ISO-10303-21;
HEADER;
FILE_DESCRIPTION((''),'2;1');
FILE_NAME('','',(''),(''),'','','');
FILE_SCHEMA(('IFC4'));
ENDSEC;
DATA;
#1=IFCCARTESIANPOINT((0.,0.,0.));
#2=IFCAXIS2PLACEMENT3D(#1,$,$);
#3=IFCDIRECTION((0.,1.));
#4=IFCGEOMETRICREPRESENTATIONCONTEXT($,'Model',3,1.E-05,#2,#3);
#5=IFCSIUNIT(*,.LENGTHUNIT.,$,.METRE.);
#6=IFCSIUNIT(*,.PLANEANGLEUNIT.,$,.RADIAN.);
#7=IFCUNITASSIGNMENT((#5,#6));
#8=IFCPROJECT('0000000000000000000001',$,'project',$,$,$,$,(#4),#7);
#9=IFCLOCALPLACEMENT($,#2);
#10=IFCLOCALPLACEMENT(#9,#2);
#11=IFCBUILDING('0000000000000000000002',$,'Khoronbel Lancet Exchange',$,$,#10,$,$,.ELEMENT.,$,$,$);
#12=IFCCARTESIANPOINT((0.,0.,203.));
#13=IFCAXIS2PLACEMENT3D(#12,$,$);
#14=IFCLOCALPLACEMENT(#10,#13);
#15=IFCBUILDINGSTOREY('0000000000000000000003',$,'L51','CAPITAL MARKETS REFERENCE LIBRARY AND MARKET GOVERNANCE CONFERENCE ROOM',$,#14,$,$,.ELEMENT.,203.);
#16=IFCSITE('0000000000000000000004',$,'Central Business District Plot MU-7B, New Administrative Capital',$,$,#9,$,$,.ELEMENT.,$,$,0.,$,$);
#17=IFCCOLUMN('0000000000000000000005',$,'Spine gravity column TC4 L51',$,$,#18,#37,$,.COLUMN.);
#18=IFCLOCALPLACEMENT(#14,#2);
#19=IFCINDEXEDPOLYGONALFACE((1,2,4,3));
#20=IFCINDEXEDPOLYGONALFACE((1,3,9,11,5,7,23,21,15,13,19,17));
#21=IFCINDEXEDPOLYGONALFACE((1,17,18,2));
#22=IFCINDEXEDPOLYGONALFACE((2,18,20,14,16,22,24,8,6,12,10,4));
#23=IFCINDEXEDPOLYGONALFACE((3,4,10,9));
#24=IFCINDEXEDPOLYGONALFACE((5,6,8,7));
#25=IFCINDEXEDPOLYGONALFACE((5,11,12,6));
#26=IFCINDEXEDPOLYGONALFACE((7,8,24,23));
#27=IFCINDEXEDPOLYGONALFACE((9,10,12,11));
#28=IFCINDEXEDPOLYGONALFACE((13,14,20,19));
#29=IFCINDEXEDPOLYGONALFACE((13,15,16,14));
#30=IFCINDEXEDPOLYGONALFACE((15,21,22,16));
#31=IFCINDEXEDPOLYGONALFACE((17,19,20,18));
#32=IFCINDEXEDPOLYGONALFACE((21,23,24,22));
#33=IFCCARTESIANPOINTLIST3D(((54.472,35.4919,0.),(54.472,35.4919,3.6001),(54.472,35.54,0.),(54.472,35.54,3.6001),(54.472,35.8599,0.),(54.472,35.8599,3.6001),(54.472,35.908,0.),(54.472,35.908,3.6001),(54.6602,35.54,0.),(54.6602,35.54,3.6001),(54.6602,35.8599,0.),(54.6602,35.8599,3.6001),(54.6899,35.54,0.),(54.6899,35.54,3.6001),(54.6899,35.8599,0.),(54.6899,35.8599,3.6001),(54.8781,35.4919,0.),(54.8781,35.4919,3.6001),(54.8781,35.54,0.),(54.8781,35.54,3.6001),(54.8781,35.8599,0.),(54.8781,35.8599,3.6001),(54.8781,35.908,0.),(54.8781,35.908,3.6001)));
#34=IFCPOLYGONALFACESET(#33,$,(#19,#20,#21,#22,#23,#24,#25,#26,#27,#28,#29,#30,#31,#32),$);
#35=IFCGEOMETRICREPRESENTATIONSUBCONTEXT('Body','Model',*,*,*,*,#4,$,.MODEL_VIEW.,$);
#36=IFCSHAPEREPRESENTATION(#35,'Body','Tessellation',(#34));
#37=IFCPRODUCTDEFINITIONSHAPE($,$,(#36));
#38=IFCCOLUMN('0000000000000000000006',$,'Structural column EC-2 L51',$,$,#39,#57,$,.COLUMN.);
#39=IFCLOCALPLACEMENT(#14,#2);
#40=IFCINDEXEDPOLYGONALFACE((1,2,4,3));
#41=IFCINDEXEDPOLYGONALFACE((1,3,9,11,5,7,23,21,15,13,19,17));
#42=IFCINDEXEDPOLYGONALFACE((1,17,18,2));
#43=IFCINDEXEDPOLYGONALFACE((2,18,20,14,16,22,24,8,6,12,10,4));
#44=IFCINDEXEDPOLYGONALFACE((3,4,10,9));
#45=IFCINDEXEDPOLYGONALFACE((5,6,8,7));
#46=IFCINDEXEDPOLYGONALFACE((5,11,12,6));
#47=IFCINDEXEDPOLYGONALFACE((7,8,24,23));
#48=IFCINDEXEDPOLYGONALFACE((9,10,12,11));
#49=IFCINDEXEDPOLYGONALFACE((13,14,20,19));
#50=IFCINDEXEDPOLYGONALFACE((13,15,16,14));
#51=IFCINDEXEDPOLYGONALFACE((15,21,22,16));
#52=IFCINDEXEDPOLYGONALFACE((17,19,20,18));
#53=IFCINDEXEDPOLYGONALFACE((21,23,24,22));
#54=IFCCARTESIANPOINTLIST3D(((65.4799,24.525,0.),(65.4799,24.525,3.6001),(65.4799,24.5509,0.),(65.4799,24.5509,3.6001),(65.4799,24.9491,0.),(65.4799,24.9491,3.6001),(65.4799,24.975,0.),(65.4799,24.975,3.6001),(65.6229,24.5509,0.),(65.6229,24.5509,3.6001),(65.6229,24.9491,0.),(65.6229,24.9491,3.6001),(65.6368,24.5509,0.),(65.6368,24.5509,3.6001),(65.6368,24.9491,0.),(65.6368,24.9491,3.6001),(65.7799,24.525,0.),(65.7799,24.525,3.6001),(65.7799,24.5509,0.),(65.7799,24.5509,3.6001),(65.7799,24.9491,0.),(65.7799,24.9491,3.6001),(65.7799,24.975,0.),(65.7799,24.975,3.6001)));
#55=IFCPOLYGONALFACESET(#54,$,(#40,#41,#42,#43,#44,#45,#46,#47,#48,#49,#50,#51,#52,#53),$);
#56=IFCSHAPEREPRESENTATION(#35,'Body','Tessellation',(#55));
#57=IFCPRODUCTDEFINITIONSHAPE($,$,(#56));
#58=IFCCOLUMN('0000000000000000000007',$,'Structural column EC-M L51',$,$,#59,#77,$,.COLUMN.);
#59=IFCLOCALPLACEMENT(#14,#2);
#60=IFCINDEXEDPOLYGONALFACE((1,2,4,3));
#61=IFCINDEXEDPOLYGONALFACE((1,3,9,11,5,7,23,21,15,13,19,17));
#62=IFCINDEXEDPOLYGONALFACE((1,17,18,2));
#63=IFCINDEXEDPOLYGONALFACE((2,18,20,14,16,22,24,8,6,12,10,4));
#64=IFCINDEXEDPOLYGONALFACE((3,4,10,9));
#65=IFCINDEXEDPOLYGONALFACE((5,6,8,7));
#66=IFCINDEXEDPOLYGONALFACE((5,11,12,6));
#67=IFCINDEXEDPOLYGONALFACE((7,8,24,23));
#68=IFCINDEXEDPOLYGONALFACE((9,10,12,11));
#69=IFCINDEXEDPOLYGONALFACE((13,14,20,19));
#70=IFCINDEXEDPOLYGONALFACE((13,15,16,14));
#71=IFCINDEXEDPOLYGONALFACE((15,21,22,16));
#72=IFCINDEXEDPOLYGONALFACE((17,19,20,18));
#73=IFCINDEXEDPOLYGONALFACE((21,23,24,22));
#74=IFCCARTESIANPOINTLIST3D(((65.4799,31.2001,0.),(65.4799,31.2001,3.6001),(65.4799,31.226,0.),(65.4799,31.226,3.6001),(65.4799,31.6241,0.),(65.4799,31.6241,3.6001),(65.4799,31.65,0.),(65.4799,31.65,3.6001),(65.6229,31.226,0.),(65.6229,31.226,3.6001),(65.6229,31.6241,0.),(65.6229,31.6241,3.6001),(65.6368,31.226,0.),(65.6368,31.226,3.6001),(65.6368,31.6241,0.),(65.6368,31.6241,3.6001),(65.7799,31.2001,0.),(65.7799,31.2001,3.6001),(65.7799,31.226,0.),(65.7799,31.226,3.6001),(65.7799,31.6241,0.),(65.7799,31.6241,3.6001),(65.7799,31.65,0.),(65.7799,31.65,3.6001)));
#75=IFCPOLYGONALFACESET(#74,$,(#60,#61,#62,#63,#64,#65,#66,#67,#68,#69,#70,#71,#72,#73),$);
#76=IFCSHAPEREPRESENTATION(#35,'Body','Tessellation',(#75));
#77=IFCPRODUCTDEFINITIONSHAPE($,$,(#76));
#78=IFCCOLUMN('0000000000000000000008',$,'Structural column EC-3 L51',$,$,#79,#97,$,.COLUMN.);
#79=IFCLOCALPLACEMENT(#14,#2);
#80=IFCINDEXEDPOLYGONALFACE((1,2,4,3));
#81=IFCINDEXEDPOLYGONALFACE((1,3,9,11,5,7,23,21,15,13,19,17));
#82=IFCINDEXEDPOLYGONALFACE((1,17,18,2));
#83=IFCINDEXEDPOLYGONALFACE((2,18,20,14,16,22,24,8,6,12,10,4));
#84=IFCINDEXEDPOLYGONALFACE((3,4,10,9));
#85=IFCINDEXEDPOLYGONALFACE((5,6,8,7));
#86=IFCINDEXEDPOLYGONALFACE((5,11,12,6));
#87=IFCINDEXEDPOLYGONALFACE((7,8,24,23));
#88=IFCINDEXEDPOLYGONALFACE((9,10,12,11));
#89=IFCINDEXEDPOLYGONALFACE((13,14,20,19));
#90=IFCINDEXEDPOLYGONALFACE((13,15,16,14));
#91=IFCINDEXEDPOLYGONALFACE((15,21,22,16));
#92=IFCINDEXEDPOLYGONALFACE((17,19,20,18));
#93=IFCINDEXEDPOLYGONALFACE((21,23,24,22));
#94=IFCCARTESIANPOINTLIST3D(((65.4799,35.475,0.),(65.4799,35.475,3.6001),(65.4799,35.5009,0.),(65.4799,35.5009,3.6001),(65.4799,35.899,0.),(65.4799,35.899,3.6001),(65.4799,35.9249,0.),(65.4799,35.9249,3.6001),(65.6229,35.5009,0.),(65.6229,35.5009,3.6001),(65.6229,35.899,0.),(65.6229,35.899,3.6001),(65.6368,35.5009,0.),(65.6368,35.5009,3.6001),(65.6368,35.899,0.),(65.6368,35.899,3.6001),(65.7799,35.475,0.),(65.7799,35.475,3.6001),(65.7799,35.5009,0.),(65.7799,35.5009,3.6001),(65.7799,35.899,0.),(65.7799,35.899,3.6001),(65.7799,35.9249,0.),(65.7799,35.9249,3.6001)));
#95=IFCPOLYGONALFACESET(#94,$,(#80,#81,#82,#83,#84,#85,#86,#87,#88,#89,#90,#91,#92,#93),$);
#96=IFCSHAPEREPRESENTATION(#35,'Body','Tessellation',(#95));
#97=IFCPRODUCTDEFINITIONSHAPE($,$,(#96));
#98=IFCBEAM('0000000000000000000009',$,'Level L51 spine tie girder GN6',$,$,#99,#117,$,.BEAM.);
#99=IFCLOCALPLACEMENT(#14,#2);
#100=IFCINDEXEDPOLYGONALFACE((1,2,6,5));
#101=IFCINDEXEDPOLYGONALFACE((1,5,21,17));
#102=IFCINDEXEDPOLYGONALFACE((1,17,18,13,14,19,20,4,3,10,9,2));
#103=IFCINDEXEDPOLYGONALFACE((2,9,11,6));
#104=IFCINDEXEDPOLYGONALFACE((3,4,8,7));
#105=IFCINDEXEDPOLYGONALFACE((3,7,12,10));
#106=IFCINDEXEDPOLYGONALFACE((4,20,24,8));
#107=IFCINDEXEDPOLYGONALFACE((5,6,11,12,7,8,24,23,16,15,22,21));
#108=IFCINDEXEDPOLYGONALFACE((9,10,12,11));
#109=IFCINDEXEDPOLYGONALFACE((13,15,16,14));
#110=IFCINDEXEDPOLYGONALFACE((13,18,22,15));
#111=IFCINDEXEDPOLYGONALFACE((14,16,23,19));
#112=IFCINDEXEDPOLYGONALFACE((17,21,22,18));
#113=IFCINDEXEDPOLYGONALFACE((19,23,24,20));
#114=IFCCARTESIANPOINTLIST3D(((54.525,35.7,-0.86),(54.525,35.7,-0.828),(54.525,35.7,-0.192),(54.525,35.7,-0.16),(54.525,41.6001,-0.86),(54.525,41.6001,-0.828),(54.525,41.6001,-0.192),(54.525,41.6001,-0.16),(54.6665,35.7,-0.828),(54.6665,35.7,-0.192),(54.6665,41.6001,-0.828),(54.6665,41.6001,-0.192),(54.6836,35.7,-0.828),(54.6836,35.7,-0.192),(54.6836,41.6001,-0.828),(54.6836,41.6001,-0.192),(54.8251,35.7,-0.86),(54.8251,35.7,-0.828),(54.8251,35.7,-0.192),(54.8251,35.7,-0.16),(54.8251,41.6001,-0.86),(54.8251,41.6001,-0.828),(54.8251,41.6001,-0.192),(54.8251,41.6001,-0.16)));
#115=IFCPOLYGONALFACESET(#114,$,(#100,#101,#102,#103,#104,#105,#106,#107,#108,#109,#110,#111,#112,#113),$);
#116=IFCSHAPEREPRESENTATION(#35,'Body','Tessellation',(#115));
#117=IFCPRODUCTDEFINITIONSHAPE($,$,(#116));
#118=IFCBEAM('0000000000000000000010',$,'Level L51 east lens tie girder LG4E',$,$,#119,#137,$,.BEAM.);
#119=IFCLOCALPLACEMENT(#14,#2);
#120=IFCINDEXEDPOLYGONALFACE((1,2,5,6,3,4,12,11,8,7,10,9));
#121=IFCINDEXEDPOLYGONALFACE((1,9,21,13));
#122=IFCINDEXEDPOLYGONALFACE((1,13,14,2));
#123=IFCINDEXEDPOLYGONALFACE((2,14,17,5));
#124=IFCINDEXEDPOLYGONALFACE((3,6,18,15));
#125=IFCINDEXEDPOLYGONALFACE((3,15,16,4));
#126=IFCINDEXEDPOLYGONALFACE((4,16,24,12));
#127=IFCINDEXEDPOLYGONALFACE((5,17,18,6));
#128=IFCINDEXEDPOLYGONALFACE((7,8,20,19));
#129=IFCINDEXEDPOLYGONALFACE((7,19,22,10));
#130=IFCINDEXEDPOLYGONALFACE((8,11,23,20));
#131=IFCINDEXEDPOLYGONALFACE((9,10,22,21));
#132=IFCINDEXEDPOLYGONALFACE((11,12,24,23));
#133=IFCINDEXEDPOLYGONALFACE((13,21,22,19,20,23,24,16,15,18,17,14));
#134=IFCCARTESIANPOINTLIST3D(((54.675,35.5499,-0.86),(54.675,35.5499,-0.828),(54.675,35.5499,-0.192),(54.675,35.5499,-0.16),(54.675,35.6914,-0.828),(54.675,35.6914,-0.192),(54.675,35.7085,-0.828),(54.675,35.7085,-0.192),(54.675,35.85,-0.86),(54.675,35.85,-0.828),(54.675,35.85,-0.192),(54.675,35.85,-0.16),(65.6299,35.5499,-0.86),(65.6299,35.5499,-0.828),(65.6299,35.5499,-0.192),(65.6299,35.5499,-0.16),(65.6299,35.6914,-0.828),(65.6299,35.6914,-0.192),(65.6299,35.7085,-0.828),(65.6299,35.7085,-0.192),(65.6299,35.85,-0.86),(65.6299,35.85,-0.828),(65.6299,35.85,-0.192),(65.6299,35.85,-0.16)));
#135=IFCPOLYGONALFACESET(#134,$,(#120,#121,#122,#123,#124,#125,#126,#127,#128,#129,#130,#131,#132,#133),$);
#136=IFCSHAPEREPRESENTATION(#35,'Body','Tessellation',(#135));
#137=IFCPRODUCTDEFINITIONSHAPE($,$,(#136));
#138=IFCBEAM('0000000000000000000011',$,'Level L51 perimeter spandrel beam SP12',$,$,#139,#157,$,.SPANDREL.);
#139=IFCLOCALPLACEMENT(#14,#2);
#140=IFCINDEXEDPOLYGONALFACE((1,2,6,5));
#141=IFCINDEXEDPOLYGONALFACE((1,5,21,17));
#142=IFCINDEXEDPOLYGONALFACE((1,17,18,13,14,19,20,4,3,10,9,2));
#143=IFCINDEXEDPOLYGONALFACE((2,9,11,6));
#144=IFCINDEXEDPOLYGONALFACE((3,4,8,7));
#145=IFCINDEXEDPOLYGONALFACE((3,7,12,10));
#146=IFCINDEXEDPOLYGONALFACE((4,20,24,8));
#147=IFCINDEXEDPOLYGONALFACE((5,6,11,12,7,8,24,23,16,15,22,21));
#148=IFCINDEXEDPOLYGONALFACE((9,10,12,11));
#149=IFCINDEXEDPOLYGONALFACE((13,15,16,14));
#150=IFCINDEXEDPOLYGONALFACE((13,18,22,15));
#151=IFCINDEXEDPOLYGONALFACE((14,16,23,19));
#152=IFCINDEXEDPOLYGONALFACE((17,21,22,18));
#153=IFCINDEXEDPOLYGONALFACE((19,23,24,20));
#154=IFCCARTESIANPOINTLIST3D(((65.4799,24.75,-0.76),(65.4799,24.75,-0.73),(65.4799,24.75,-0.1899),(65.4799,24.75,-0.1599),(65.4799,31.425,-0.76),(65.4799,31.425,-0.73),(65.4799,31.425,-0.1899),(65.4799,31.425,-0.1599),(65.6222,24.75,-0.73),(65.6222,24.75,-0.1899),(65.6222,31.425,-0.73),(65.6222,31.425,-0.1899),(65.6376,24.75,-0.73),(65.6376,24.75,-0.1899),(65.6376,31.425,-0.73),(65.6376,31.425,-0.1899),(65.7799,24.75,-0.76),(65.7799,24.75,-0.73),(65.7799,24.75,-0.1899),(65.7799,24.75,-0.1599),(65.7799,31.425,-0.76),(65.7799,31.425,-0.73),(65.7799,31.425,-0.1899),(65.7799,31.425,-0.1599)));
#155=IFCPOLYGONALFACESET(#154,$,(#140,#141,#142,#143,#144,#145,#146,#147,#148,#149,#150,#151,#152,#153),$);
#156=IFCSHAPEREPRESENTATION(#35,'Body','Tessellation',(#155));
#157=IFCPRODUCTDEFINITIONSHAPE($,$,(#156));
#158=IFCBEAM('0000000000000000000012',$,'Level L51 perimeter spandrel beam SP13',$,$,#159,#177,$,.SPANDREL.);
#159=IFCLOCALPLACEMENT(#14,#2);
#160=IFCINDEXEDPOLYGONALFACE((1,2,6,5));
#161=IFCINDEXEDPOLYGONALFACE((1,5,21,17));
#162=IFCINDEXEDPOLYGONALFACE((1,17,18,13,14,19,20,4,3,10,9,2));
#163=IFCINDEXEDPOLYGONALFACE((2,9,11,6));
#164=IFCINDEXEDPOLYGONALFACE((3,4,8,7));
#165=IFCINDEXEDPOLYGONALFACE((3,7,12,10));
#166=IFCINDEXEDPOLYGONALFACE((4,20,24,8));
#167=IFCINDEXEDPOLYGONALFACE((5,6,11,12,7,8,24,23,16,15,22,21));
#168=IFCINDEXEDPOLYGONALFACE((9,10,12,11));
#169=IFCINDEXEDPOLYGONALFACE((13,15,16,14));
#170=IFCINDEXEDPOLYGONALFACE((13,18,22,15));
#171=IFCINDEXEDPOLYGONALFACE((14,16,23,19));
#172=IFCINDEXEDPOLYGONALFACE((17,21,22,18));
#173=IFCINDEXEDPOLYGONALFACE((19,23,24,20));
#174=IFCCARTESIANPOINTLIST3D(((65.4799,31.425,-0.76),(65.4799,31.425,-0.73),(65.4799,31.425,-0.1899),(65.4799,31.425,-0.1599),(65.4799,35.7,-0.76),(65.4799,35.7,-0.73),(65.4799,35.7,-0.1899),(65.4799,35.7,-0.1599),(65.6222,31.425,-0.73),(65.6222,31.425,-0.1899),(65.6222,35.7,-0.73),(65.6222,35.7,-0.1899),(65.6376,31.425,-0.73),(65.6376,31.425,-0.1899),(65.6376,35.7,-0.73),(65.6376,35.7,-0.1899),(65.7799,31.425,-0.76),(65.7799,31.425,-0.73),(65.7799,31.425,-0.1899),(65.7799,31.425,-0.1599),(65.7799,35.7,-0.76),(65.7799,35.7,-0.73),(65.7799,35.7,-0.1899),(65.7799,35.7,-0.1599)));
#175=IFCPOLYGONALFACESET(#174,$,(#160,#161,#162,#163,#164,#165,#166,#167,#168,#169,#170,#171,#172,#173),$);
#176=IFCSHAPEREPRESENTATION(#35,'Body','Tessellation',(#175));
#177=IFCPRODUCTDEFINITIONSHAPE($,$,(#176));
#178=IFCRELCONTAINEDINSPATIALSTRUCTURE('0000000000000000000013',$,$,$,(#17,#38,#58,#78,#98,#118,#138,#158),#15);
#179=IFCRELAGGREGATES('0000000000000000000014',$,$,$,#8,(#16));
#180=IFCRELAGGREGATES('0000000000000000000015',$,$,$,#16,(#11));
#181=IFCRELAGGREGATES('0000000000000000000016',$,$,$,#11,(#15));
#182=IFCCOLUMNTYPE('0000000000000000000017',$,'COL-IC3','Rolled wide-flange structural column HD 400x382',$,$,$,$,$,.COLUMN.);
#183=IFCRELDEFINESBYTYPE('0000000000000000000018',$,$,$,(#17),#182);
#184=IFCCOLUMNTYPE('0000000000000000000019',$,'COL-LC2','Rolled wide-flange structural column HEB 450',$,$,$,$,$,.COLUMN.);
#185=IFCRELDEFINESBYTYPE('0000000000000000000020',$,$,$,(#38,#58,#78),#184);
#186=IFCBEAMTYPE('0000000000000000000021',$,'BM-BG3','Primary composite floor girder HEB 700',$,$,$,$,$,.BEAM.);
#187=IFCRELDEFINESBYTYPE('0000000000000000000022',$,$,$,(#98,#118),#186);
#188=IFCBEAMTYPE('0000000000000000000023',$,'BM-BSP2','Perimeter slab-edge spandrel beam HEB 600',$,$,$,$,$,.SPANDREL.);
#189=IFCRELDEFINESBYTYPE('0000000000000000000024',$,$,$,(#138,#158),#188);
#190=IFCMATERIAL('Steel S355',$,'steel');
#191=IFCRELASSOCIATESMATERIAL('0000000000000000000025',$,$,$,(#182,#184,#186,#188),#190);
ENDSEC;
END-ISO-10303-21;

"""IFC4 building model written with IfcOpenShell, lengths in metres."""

from ifc_helpers import new_model, si_unit, direction, frame, origin, origin_2d, place, context, subcontext, project, spatial, i_section, extrude, material, material_profile, profile_set, type_object, element, save


model = new_model("IFC4")

# Units and contexts
model_context = context("Model", 3, precision=1e-05, world=origin(), true_north=direction((0.0, 1.0)))
body_context = subcontext(model_context, "Body", "Model", "MODEL_VIEW")
ifc_project = project(units=[si_unit("LENGTHUNIT", "METRE"), si_unit("PLANEANGLEUNIT", "RADIAN")], contexts=[model_context])

# Site, building, storey
site_placement = place(None, origin())
site = spatial("IfcSite", under=ifc_project, at=site_placement, Name="Central Business District Plot MU-7B, New Administrative Capital", CompositionType="ELEMENT", RefElevation=0.0)
building_placement = place(site_placement, origin())
building = spatial("IfcBuilding", under=site, at=building_placement, Name="Khoronbel Lancet Exchange", CompositionType="ELEMENT")
storey_placement = place(building_placement, frame((0.0, 0.0, 203.0)))
storey = spatial("IfcBuildingStorey", under=building, at=storey_placement, Name="L51", Description="CAPITAL MARKETS REFERENCE LIBRARY AND MARKET GOVERNANCE CONFERENCE ROOM", CompositionType="ELEMENT", Elevation=203.0)

# Columns
ifc_material_1 = material(Name="Steel S355", Category="steel")
ifc_material_profile_1 = material_profile(ifc_material_1, i_section(OverallWidth=0.406, OverallDepth=0.416, WebThickness=0.0298, FlangeThickness=0.0481, at=origin_2d()), Name="HD 400x382")
ifc_profile_set_1 = profile_set([ifc_material_profile_1], Name="Steel S355")
column_type_1 = type_object("IfcColumnType", Name="COL-IC3", Description="Rolled wide-flange structural column HD 400x382", PredefinedType="COLUMN", material=ifc_profile_set_1)
column_placement = place(storey_placement, frame((54.675, 35.7, 0.0), z_axis=(0.0, 0.0, 1.0), x_axis=(1.0, 0.0, 0.0)))
element("IfcColumn", 1, at=column_placement, inside=storey, type_object=column_type_1, Name="Spine gravity column TC4 L51", PredefinedType="COLUMN", context=body_context, shape_type="SweptSolid", body=[
    extrude(i_section(OverallWidth=0.406, OverallDepth=0.416, WebThickness=0.0298, FlangeThickness=0.0481, at=origin_2d()), origin(), (0.0, 0.0, 1.0), 3.6001),
])
ifc_material_profile_2 = material_profile(ifc_material_1, i_section(OverallWidth=0.3, OverallDepth=0.45, WebThickness=0.0139, FlangeThickness=0.0259, at=origin_2d()), Name="HEB 450")
ifc_profile_set_2 = profile_set([ifc_material_profile_2], Name="Steel S355")
column_type_2 = type_object("IfcColumnType", Name="COL-LC2", Description="Rolled wide-flange structural column HEB 450", PredefinedType="COLUMN", material=ifc_profile_set_2)
for number, where, z_axis, x_axis, name in (
    (2, (65.6299, 24.75, 0.0), (0.0, 0.0, 1.0), (1.0, 0.0, 0.0), "Structural column EC-2 L51"),
    (3, (65.6299, 31.425, 0.0), (0.0, 0.0, 1.0), (1.0, 0.0, 0.0), "Structural column EC-M L51"),
    (4, (65.6299, 35.7, 0.0), (0.0, 0.0, 1.0), (1.0, 0.0, 0.0), "Structural column EC-3 L51"),
):
    element("IfcColumn", number, at=place(storey_placement, frame(where, z_axis=z_axis, x_axis=x_axis)), inside=storey, type_object=column_type_2, Name=name, PredefinedType="COLUMN", context=body_context, shape_type="SweptSolid", body=[
        extrude(i_section(OverallWidth=0.3, OverallDepth=0.45, WebThickness=0.0139, FlangeThickness=0.0259, at=origin_2d()), origin(), (0.0, 0.0, 1.0), 3.6001),
    ])

# Beams
ifc_material_profile_3 = material_profile(ifc_material_1, i_section(OverallWidth=0.3, OverallDepth=0.7, WebThickness=0.0171, FlangeThickness=0.032, at=origin_2d()), Name="HEB 700")
ifc_profile_set_3 = profile_set([ifc_material_profile_3], Name="Steel S355")
beam_type_1 = type_object("IfcBeamType", Name="BM-BG3", Description="Primary composite floor girder HEB 700", PredefinedType="BEAM", material=ifc_profile_set_3)
beam_1_placement = place(storey_placement, frame((54.675, 35.7, -0.51), z_axis=(0.0, 1.0, 0.0), x_axis=(-1.0, 0.0, 0.0)))
element("IfcBeam", 5, at=beam_1_placement, inside=storey, type_object=beam_type_1, Name="Level L51 spine tie girder GN6", PredefinedType="BEAM", context=body_context, shape_type="SweptSolid", body=[
    extrude(i_section(OverallWidth=0.3, OverallDepth=0.7, WebThickness=0.0171, FlangeThickness=0.032, at=origin_2d()), origin(), (0.0, 0.0, 1.0), 5.9001),
])
beam_2_placement = place(storey_placement, frame((54.675, 35.7, -0.51), z_axis=(1.0, 0.0, 0.0), x_axis=(0.0, 1.0, 0.0)))
element("IfcBeam", 6, at=beam_2_placement, inside=storey, type_object=beam_type_1, Name="Level L51 east lens tie girder LG4E", PredefinedType="BEAM", context=body_context, shape_type="SweptSolid", body=[
    extrude(i_section(OverallWidth=0.3, OverallDepth=0.7, WebThickness=0.0171, FlangeThickness=0.032, at=origin_2d()), origin(), (0.0, 0.0, 1.0), 10.9548),
])
ifc_material_profile_4 = material_profile(ifc_material_1, i_section(OverallWidth=0.3, OverallDepth=0.6001, WebThickness=0.0154, FlangeThickness=0.03, at=origin_2d()), Name="HEB 600")
ifc_profile_set_4 = profile_set([ifc_material_profile_4], Name="Steel S355")
beam_type_2 = type_object("IfcBeamType", Name="BM-BSP2", Description="Perimeter slab-edge spandrel beam HEB 600", PredefinedType="SPANDREL", material=ifc_profile_set_4)
beam_3_placement = place(storey_placement, frame((65.6299, 24.75, -0.46), z_axis=(0.0, 1.0, 0.0), x_axis=(-1.0, 0.0, 0.0)))
element("IfcBeam", 7, at=beam_3_placement, inside=storey, type_object=beam_type_2, Name="Level L51 perimeter spandrel beam SP12", PredefinedType="SPANDREL", context=body_context, shape_type="SweptSolid", body=[
    extrude(i_section(OverallWidth=0.3, OverallDepth=0.6001, WebThickness=0.0154, FlangeThickness=0.03, at=origin_2d()), origin(), (0.0, 0.0, 1.0), 6.675),
])
beam_4_placement = place(storey_placement, frame((65.6299, 31.425, -0.46), z_axis=(0.0, 1.0, 0.0), x_axis=(-1.0, 0.0, 0.0)))
element("IfcBeam", 8, at=beam_4_placement, inside=storey, type_object=beam_type_2, Name="Level L51 perimeter spandrel beam SP13", PredefinedType="SPANDREL", context=body_context, shape_type="SweptSolid", body=[
    extrude(i_section(OverallWidth=0.3, OverallDepth=0.6001, WebThickness=0.0154, FlangeThickness=0.03, at=origin_2d()), origin(), (0.0, 0.0, 1.0), 4.2749),
])

save(model, "model.ifc")
